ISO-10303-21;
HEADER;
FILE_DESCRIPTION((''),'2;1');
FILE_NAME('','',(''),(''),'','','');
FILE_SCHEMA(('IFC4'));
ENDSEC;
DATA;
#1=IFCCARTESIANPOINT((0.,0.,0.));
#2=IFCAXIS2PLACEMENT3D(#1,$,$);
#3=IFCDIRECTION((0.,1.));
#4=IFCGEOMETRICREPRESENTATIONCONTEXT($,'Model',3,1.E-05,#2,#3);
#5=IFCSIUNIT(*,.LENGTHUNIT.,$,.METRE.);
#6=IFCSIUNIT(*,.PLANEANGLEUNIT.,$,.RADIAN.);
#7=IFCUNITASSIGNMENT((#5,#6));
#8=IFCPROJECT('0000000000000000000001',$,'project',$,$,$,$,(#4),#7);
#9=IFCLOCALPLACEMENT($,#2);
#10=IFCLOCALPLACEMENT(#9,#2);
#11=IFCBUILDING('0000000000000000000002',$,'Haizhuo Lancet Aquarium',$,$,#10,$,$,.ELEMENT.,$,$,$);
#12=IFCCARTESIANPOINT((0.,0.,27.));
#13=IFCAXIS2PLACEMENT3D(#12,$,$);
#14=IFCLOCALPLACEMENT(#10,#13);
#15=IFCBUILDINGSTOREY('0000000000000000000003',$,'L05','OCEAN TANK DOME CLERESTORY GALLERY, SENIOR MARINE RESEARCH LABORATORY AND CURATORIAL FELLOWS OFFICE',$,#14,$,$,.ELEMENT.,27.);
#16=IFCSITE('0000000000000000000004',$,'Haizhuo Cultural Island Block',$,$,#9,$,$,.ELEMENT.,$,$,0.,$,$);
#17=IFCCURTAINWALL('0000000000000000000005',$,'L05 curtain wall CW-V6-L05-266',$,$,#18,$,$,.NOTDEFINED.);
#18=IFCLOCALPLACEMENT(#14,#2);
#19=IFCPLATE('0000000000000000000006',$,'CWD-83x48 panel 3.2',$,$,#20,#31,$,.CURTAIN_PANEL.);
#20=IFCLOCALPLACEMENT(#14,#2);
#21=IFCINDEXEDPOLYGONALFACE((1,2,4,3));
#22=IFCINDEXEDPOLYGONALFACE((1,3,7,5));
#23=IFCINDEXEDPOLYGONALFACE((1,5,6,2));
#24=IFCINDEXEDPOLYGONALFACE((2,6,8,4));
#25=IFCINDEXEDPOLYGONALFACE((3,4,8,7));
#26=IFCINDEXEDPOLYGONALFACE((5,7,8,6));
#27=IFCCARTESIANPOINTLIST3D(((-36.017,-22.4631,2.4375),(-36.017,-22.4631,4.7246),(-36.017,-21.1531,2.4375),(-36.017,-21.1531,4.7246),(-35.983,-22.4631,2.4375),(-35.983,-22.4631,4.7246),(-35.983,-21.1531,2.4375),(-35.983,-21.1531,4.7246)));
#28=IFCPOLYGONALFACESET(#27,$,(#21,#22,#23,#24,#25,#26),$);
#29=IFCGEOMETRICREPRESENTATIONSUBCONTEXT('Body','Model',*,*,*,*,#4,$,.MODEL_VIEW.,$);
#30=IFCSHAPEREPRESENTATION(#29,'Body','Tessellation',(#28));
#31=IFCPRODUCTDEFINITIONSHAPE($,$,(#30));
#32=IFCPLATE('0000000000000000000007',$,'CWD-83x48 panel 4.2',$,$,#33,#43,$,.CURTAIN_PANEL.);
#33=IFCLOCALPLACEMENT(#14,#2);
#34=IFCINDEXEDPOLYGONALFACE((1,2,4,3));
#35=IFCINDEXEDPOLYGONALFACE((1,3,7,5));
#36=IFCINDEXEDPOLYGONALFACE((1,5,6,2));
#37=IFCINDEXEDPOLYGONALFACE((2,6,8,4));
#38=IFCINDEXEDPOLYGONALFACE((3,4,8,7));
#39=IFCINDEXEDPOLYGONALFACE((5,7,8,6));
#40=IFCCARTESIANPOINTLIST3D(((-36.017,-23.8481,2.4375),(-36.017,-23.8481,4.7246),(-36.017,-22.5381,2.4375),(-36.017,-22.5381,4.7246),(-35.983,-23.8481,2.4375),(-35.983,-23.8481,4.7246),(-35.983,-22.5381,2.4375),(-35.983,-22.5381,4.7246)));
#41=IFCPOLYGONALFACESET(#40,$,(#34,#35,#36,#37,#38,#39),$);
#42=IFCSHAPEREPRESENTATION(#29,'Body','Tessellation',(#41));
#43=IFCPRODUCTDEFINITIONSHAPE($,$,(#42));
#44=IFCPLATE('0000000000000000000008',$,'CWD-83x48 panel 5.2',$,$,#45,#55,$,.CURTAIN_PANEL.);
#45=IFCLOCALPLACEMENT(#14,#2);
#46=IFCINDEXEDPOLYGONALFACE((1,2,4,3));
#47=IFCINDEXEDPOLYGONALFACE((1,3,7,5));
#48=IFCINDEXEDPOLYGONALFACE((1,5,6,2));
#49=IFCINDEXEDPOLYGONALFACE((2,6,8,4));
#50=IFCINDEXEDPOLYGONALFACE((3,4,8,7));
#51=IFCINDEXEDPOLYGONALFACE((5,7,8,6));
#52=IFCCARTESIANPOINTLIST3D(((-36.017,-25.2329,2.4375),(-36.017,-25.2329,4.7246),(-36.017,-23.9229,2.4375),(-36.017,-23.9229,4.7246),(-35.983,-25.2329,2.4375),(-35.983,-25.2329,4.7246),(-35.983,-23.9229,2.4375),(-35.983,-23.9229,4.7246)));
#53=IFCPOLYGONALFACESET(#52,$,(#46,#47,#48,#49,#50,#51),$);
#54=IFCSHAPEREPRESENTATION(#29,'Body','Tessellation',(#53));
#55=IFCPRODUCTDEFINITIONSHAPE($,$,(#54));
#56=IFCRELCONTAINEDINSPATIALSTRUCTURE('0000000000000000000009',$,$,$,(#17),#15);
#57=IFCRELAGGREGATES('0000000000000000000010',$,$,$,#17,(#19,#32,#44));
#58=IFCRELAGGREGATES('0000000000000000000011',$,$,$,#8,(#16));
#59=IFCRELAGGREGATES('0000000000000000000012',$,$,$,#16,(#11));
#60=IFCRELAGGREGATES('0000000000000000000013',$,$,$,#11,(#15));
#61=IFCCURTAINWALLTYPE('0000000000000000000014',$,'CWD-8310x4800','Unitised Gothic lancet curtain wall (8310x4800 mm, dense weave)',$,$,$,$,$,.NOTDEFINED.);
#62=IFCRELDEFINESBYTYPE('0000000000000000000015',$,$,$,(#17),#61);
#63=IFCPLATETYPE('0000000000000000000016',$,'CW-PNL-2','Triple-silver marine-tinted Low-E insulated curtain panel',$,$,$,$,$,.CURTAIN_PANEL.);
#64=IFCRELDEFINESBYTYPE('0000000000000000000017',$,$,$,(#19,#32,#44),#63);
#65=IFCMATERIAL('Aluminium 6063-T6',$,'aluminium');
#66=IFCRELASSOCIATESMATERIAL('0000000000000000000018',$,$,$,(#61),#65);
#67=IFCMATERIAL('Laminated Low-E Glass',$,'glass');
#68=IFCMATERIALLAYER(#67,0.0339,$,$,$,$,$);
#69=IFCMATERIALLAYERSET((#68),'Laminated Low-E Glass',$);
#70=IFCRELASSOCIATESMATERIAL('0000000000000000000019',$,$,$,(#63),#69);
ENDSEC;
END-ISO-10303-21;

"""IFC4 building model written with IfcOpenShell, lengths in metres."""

from ifc_helpers import new_model, si_unit, direction, frame, origin, origin_2d, place, context, subcontext, project, spatial, rectangle, extrude, material, layer, layer_set, type_object, element, aggregate, save


model = new_model("IFC4")

# Units and contexts
model_context = context("Model", 3, precision=1e-05, world=origin(), true_north=direction((0.0, 1.0)))
body_context = subcontext(model_context, "Body", "Model", "MODEL_VIEW")
ifc_project = project(units=[si_unit("LENGTHUNIT", "METRE"), si_unit("PLANEANGLEUNIT", "RADIAN")], contexts=[model_context])

# Site, building, storey
site_placement = place(None, origin())
site = spatial("IfcSite", under=ifc_project, at=site_placement, Name="Haizhuo Cultural Island Block", CompositionType="ELEMENT", RefElevation=0.0)
building_placement = place(site_placement, origin())
building = spatial("IfcBuilding", under=site, at=building_placement, Name="Haizhuo Lancet Aquarium", CompositionType="ELEMENT")
storey_placement = place(building_placement, frame((0.0, 0.0, 27.0)))
storey = spatial("IfcBuildingStorey", under=building, at=storey_placement, Name="L05", Description="OCEAN TANK DOME CLERESTORY GALLERY, SENIOR MARINE RESEARCH LABORATORY AND CURATORIAL FELLOWS OFFICE", CompositionType="ELEMENT", Elevation=27.0)

# Curtain wall
ifc_material_1 = material(Name="Aluminium 6063-T6", Category="aluminium")
curtain_wall_type = type_object("IfcCurtainWallType", Name="CWD-8310x4800", Description="Unitised Gothic lancet curtain wall (8310x4800 mm, dense weave)", PredefinedType="NOTDEFINED", material=ifc_material_1)
curtain_wall_placement = place(storey_placement, origin())
curtain_wall = element("IfcCurtainWall", 1, at=curtain_wall_placement, inside=storey, type_object=curtain_wall_type, Name="L05 curtain wall CW-V6-L05-266", PredefinedType="NOTDEFINED")

# Plates
ifc_material_2 = material(Name="Laminated Low-E Glass", Category="glass")
ifc_layer = layer(ifc_material_2, 0.0339)
ifc_layer_set = layer_set([ifc_layer], Name="Laminated Low-E Glass")
plate_type = type_object("IfcPlateType", Name="CW-PNL-2", Description="Triple-silver marine-tinted Low-E insulated curtain panel", PredefinedType="CURTAIN_PANEL", material=ifc_layer_set)
plate_1_placement = place(storey_placement, frame((-36.0, -21.8081, 2.4375), z_axis=(0.0, 0.0, 1.0), x_axis=(0.0, -1.0, 0.0)))
plate_1 = element("IfcPlate", 2, at=plate_1_placement, type_object=plate_type, Name="CWD-83x48 panel 3.2", PredefinedType="CURTAIN_PANEL", context=body_context, shape_type="SweptSolid", body=[
    extrude(rectangle(XDim=1.3101, YDim=0.0339, at=origin_2d()), origin(), (0.0, 0.0, 1.0), 2.2871),
])
plate_2_placement = place(storey_placement, frame((-36.0, -23.1931, 2.4375), z_axis=(0.0, 0.0, 1.0), x_axis=(0.0, -1.0, 0.0)))
plate_2 = element("IfcPlate", 3, at=plate_2_placement, type_object=plate_type, Name="CWD-83x48 panel 4.2", PredefinedType="CURTAIN_PANEL", context=body_context, shape_type="SweptSolid", body=[
    extrude(rectangle(XDim=1.3101, YDim=0.0339, at=origin_2d()), origin(), (0.0, 0.0, 1.0), 2.2871),
])
plate_3_placement = place(storey_placement, frame((-36.0, -24.5779, 2.4375), z_axis=(0.0, 0.0, 1.0), x_axis=(0.0, -1.0, 0.0)))
plate_3 = element("IfcPlate", 4, at=plate_3_placement, type_object=plate_type, Name="CWD-83x48 panel 5.2", PredefinedType="CURTAIN_PANEL", context=body_context, shape_type="SweptSolid", body=[
    extrude(rectangle(XDim=1.3101, YDim=0.0339, at=origin_2d()), origin(), (0.0, 0.0, 1.0), 2.2871),
])
aggregate(curtain_wall, [plate_1, plate_2, plate_3])

save(model, "model.ifc")
